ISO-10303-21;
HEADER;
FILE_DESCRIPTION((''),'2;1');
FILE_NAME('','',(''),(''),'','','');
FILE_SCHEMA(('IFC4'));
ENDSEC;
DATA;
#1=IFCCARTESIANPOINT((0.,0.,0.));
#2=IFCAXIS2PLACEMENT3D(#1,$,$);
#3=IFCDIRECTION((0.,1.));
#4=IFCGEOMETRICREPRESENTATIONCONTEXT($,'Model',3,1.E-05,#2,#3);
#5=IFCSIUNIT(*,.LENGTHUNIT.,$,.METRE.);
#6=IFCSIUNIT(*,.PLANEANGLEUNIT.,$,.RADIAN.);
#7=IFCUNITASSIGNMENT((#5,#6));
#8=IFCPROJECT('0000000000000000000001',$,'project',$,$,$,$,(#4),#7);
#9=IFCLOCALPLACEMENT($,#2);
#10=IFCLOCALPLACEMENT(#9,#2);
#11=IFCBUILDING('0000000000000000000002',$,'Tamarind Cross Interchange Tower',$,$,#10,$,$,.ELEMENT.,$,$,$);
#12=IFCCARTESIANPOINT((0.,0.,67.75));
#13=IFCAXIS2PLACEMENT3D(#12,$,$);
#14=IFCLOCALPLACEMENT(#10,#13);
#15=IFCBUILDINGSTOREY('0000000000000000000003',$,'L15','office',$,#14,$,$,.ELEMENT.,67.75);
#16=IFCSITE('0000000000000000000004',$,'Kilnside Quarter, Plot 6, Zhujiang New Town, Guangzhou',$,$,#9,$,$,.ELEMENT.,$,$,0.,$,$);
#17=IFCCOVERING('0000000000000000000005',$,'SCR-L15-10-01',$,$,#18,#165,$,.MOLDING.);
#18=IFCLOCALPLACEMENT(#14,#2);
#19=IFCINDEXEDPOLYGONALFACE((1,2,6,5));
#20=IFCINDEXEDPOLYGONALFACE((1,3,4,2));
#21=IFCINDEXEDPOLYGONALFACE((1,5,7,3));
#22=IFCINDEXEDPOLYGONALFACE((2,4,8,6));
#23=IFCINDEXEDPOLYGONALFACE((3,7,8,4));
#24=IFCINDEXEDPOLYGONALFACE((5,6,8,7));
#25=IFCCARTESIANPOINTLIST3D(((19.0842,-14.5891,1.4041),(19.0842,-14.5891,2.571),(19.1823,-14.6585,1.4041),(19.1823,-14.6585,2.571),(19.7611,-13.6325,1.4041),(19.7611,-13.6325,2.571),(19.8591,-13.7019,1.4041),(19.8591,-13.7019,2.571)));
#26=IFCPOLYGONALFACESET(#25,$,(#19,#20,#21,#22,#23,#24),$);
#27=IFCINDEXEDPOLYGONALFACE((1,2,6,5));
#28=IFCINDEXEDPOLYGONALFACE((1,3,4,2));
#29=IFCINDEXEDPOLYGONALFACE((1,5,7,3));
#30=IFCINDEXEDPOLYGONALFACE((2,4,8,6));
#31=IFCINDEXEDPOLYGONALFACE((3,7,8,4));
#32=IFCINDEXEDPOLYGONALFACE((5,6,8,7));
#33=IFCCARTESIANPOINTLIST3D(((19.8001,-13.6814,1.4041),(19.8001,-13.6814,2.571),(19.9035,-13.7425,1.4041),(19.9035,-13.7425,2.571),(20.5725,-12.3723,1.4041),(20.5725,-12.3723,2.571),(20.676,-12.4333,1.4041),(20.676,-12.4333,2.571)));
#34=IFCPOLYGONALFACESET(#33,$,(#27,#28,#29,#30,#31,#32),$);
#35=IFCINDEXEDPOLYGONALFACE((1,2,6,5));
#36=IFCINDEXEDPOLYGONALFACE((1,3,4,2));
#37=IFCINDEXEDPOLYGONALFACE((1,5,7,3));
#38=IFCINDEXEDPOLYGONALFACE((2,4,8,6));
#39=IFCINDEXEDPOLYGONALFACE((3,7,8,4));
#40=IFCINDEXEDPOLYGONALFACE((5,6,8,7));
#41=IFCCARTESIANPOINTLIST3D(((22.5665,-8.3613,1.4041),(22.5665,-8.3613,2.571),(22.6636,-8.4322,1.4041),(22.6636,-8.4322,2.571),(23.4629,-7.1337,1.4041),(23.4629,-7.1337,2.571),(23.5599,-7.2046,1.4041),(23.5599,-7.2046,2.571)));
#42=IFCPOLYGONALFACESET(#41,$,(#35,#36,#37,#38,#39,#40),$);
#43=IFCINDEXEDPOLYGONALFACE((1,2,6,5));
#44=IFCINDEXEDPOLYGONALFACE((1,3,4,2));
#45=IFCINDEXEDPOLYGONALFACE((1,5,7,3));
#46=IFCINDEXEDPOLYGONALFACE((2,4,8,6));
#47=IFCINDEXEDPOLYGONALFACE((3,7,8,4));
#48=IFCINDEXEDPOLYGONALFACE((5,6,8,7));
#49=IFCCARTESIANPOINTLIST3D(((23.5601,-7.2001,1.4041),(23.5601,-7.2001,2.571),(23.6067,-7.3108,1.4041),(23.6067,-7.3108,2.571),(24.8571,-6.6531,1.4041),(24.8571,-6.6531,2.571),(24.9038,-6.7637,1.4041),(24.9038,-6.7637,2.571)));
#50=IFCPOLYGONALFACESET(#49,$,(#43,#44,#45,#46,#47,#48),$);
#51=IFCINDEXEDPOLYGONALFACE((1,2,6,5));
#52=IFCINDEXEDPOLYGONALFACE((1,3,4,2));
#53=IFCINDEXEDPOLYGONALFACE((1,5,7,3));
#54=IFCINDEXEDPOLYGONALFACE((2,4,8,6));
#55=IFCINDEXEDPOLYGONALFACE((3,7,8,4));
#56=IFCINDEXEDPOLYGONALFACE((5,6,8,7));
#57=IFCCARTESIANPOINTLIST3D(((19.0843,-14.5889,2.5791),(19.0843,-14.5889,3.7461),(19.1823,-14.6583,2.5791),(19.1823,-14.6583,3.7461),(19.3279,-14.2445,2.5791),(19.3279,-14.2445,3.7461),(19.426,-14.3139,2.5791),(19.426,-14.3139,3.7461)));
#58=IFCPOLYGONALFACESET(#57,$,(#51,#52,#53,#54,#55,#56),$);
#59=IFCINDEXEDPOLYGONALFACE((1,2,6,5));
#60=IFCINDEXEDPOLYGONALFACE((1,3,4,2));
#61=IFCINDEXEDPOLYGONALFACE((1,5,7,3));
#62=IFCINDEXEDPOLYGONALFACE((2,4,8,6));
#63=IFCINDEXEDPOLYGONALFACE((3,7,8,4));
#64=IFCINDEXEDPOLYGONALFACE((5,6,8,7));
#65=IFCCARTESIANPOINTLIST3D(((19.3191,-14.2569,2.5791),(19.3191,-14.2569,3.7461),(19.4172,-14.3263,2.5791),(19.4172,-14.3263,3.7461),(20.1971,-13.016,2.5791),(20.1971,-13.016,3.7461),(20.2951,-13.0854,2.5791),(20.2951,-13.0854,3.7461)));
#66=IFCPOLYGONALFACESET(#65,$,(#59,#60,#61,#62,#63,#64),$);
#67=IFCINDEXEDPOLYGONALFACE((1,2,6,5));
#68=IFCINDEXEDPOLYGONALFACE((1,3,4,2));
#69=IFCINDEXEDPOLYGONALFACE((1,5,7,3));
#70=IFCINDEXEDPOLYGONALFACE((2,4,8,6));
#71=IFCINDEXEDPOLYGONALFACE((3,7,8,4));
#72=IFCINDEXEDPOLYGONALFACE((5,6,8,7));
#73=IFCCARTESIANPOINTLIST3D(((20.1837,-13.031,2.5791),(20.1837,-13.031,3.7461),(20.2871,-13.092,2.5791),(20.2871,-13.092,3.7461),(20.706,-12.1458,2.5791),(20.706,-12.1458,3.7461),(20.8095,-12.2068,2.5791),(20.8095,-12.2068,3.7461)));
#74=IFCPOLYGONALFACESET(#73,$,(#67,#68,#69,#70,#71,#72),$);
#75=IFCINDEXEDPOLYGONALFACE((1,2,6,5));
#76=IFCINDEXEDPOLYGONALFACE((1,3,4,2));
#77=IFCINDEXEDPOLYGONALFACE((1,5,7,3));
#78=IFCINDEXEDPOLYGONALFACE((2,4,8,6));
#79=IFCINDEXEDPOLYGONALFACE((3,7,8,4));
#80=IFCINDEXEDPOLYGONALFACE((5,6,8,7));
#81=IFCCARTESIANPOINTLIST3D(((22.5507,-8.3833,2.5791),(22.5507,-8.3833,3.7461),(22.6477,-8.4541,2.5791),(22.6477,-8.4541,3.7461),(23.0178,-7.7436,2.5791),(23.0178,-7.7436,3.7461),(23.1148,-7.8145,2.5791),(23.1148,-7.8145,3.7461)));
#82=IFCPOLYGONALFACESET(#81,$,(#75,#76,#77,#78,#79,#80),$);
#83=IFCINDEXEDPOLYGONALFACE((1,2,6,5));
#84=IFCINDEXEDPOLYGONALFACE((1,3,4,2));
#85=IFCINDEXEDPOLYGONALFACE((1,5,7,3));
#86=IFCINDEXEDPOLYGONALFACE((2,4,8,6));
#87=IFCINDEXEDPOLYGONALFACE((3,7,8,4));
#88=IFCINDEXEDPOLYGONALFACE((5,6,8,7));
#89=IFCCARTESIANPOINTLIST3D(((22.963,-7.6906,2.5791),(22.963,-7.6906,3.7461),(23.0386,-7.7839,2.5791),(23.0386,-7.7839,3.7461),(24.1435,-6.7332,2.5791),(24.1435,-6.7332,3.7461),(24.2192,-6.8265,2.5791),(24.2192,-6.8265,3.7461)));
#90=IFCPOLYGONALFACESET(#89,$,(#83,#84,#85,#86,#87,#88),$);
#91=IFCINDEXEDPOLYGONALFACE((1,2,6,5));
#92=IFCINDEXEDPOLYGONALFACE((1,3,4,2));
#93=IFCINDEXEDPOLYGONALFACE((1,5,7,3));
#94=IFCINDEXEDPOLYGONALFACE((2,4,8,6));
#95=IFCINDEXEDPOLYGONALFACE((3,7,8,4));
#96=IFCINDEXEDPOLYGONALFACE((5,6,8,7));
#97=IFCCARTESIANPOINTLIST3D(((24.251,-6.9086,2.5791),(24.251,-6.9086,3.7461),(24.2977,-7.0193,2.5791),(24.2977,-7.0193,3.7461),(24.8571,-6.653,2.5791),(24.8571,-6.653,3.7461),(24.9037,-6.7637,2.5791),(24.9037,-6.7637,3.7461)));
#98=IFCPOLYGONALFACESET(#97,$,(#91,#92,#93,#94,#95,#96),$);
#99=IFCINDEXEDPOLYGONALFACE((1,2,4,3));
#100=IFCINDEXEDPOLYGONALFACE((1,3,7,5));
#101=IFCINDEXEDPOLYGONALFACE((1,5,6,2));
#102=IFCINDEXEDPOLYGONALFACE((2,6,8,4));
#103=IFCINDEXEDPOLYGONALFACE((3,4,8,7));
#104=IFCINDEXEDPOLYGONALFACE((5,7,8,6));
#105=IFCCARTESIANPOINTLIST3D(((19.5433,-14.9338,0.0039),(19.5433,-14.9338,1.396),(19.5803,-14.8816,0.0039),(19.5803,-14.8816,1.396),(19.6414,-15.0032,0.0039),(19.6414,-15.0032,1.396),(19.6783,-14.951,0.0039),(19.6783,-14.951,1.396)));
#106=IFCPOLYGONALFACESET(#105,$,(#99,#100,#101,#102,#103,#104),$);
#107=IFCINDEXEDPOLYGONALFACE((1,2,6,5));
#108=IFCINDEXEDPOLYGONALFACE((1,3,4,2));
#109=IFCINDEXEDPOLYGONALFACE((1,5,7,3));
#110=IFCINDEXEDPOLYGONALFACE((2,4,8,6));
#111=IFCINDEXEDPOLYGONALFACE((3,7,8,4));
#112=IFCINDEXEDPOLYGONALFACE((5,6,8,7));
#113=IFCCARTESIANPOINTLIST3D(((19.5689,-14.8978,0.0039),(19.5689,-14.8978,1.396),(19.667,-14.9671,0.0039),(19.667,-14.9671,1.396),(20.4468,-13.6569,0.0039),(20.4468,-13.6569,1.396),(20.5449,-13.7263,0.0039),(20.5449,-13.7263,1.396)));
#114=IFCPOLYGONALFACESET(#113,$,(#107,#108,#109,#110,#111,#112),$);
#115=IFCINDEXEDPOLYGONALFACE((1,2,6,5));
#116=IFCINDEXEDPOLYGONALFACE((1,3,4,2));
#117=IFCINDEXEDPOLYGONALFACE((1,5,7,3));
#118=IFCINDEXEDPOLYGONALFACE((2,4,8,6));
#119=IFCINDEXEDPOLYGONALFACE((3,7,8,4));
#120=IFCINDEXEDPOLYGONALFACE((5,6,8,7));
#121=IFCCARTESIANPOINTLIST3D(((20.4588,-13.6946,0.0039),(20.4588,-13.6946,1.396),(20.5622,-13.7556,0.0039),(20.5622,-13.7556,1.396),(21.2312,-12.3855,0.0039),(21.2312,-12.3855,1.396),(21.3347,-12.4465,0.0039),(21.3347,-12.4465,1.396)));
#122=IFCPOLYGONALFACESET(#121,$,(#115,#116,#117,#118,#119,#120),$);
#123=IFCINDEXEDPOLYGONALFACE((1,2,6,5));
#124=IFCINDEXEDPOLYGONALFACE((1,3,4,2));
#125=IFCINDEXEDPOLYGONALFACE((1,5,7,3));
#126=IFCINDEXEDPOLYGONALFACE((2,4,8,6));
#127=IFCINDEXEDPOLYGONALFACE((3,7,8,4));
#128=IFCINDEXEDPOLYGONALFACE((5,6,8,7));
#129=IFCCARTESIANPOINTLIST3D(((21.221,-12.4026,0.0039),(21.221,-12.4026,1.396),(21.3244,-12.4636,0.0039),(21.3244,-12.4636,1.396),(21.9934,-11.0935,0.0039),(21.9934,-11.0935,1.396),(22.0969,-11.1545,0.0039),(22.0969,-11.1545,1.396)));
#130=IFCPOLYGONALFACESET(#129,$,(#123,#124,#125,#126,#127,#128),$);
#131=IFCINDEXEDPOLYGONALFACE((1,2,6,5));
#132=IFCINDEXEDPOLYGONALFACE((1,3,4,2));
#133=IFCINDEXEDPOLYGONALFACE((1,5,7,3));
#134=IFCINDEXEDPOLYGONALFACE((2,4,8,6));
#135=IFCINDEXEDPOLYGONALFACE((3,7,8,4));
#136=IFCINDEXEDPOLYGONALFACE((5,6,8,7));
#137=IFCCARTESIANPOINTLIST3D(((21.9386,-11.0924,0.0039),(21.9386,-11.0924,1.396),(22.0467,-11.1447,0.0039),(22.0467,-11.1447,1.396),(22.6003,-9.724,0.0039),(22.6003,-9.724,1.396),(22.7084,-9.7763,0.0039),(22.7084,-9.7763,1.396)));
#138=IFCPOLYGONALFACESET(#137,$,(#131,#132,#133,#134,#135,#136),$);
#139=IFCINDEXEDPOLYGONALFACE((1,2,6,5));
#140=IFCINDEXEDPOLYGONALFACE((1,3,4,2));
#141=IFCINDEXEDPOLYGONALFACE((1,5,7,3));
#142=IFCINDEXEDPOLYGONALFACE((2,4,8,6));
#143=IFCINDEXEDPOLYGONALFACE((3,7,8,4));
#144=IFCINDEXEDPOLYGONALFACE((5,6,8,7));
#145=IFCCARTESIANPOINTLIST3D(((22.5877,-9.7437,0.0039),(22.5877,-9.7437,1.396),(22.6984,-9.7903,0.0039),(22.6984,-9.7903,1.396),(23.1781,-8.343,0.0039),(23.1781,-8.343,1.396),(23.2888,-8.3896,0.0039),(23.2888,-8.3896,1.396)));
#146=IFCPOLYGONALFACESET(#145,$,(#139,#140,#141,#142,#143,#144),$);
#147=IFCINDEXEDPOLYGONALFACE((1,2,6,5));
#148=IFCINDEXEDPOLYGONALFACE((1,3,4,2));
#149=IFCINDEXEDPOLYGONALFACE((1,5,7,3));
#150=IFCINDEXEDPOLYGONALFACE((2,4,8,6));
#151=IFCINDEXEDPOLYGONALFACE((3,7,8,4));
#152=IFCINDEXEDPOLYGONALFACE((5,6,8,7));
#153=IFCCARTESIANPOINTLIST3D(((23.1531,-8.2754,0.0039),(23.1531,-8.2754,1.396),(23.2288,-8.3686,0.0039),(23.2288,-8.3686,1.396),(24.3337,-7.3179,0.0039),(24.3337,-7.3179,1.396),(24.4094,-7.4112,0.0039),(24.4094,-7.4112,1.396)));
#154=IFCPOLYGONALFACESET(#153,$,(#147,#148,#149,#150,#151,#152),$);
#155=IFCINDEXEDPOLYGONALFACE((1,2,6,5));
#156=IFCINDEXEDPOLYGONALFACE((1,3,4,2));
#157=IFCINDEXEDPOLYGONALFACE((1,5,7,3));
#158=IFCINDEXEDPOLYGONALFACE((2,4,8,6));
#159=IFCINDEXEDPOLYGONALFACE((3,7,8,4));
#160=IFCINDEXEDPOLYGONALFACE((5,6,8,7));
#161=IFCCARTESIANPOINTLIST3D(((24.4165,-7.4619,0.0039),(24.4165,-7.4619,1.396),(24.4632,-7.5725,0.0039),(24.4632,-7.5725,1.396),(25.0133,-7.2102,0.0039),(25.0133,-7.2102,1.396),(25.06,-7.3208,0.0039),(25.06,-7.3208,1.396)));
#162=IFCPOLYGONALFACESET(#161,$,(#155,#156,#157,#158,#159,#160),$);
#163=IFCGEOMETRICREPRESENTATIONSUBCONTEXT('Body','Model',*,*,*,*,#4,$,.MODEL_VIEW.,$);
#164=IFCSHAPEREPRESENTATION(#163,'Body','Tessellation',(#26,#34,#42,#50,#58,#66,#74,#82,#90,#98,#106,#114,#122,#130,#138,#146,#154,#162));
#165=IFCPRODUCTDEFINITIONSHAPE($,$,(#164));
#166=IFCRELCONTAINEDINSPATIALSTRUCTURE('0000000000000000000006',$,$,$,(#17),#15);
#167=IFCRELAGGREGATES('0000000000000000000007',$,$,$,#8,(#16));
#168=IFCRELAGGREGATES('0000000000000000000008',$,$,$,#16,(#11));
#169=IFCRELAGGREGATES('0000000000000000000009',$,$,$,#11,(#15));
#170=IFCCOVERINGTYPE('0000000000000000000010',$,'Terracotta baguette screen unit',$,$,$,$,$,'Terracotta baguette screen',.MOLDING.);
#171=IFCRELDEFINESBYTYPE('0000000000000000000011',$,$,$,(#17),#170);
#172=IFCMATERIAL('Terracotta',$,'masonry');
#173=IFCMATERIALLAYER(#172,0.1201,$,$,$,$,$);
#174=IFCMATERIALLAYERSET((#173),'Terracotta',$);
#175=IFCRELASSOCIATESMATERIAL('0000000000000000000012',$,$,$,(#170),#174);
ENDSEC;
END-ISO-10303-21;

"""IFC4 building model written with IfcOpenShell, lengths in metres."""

from ifc_helpers import new_model, si_unit, direction, frame, origin, origin_2d, place, context, subcontext, project, spatial, rectangle, extrude, material, layer, layer_set, type_object, element, save


model = new_model("IFC4")

# Units and contexts
model_context = context("Model", 3, precision=1e-05, world=origin(), true_north=direction((0.0, 1.0)))
body_context = subcontext(model_context, "Body", "Model", "MODEL_VIEW")
ifc_project = project(units=[si_unit("LENGTHUNIT", "METRE"), si_unit("PLANEANGLEUNIT", "RADIAN")], contexts=[model_context])

# Site, building, storey
site_placement = place(None, origin())
site = spatial("IfcSite", under=ifc_project, at=site_placement, Name="Kilnside Quarter, Plot 6, Zhujiang New Town, Guangzhou", CompositionType="ELEMENT", RefElevation=0.0)
building_placement = place(site_placement, origin())
building = spatial("IfcBuilding", under=site, at=building_placement, Name="Tamarind Cross Interchange Tower", CompositionType="ELEMENT")
storey_placement = place(building_placement, frame((0.0, 0.0, 67.75)))
storey = spatial("IfcBuildingStorey", under=building, at=storey_placement, Name="L15", Description="office", CompositionType="ELEMENT", Elevation=67.75)

# Covering
ifc_material_1 = material(Name="Terracotta", Category="masonry")
ifc_layer_1 = layer(ifc_material_1, 0.1201)
ifc_layer_set_1 = layer_set([ifc_layer_1], Name="Terracotta")
covering_type = type_object("IfcCoveringType", Name="Terracotta baguette screen unit", ElementType="Terracotta baguette screen", PredefinedType="MOLDING", material=ifc_layer_set_1)
covering_1_placement = place(storey_placement, origin())
element("IfcCovering", 1, at=covering_1_placement, inside=storey, type_object=covering_type, Name="SCR-L15-10-01", PredefinedType="MOLDING", context=body_context, shape_type="SweptSolid", body=[
    extrude(rectangle(XDim=1.1719, YDim=0.1201, at=origin_2d()), frame((19.4717, -14.1455, 1.4041), z_axis=(0.0, 0.0, 1.0), x_axis=(0.577569, 0.816342, 0.0)), (0.0, 0.0, 1.0), 1.167),
    extrude(rectangle(XDim=1.52, YDim=0.1201, at=origin_2d()), frame((20.238, -13.0574, 1.4041), z_axis=(0.0, 0.0, 1.0), x_axis=(0.508183, 0.861249, 0.0)), (0.0, 0.0, 1.0), 1.167),
    extrude(rectangle(XDim=1.52, YDim=0.1201, at=origin_2d()), frame((23.0632, -7.783, 1.4041), z_axis=(0.0, 0.0, 1.0), x_axis=(0.589705, 0.807619, 0.0)), (0.0, 0.0, 1.0), 1.167),
    extrude(rectangle(XDim=1.4077, YDim=0.1201, at=origin_2d()), frame((24.2319, -6.9819, 1.4041), z_axis=(0.0, 0.0, 1.0), x_axis=(0.921404, 0.388606, 0.0)), (0.0, 0.0, 1.0), 1.167),
    extrude(rectangle(XDim=0.4219, YDim=0.1201, at=origin_2d()), frame((19.2551, -14.4514, 2.5791), z_axis=(0.0, 0.0, 1.0), x_axis=(0.577569, 0.816342, 0.0)), (0.0, 0.0, 1.0), 1.167),
    extrude(rectangle(XDim=1.52, YDim=0.1201, at=origin_2d()), frame((19.8071, -13.6711, 2.5791), z_axis=(0.0, 0.0, 1.0), x_axis=(0.577569, 0.816342, 0.0)), (0.0, 0.0, 1.0), 1.167),
    extrude(rectangle(XDim=1.0278, YDim=0.1201, at=origin_2d()), frame((20.4966, -12.6189, 2.5791), z_axis=(0.0, 0.0, 1.0), x_axis=(0.508183, 0.861249, 0.0)), (0.0, 0.0, 1.0), 1.167),
    extrude(rectangle(XDim=0.792, YDim=0.1201, at=origin_2d()), frame((22.8328, -8.0989, 2.5791), z_axis=(0.0, 0.0, 1.0), x_axis=(0.589705, 0.807619, 0.0)), (0.0, 0.0, 1.0), 1.167),
    extrude(rectangle(XDim=1.52, YDim=0.1201, at=origin_2d()), frame((23.5911, -7.2585, 2.5791), z_axis=(0.0, 0.0, 1.0), x_axis=(0.776666, 0.629913, 0.0)), (0.0, 0.0, 1.0), 1.167),
    extrude(rectangle(XDim=0.6577, YDim=0.1201, at=origin_2d()), frame((24.5774, -6.8362, 2.5791), z_axis=(0.0, 0.0, 1.0), x_axis=(0.921404, 0.388606, 0.0)), (0.0, 0.0, 1.0), 1.167),
    extrude(rectangle(XDim=0.064, YDim=0.1201, at=origin_2d()), frame((19.6108, -14.9424, 0.0039), z_axis=(0.0, 0.0, 1.0), x_axis=(0.577569, 0.816342, 0.0)), (0.0, 0.0, 1.0), 1.3921),
    extrude(rectangle(XDim=1.52, YDim=0.1201, at=origin_2d()), frame((20.0569, -14.312, 0.0039), z_axis=(0.0, 0.0, 1.0), x_axis=(0.577569, 0.816342, 0.0)), (0.0, 0.0, 1.0), 1.3921),
    extrude(rectangle(XDim=1.52, YDim=0.1201, at=origin_2d()), frame((20.8967, -13.0706, 0.0039), z_axis=(0.0, 0.0, 1.0), x_axis=(0.508183, 0.861249, 0.0)), (0.0, 0.0, 1.0), 1.3921),
    extrude(rectangle(XDim=1.52, YDim=0.1201, at=origin_2d()), frame((21.6589, -11.7786, 0.0039), z_axis=(0.0, 0.0, 1.0), x_axis=(0.508183, 0.861249, 0.0)), (0.0, 0.0, 1.0), 1.3921),
    extrude(rectangle(XDim=1.52, YDim=0.1201, at=origin_2d()), frame((22.3235, -10.4343, 0.0039), z_axis=(0.0, 0.0, 1.0), x_axis=(0.435326, 0.900273, 0.0)), (0.0, 0.0, 1.0), 1.3921),
    extrude(rectangle(XDim=1.52, YDim=0.1201, at=origin_2d()), frame((22.9382, -9.0667, 0.0039), z_axis=(0.0, 0.0, 1.0), x_axis=(0.388422, 0.921481, 0.0)), (0.0, 0.0, 1.0), 1.3921),
    extrude(rectangle(XDim=1.52, YDim=0.1201, at=origin_2d()), frame((23.7812, -7.8433, 0.0039), z_axis=(0.0, 0.0, 1.0), x_axis=(0.776666, 0.629913, 0.0)), (0.0, 0.0, 1.0), 1.3921),
    extrude(rectangle(XDim=0.6477, YDim=0.1201, at=origin_2d()), frame((24.7383, -7.3914, 0.0039), z_axis=(0.0, 0.0, 1.0), x_axis=(0.921404, 0.388606, 0.0)), (0.0, 0.0, 1.0), 1.3921),
])

save(model, "model.ifc")
